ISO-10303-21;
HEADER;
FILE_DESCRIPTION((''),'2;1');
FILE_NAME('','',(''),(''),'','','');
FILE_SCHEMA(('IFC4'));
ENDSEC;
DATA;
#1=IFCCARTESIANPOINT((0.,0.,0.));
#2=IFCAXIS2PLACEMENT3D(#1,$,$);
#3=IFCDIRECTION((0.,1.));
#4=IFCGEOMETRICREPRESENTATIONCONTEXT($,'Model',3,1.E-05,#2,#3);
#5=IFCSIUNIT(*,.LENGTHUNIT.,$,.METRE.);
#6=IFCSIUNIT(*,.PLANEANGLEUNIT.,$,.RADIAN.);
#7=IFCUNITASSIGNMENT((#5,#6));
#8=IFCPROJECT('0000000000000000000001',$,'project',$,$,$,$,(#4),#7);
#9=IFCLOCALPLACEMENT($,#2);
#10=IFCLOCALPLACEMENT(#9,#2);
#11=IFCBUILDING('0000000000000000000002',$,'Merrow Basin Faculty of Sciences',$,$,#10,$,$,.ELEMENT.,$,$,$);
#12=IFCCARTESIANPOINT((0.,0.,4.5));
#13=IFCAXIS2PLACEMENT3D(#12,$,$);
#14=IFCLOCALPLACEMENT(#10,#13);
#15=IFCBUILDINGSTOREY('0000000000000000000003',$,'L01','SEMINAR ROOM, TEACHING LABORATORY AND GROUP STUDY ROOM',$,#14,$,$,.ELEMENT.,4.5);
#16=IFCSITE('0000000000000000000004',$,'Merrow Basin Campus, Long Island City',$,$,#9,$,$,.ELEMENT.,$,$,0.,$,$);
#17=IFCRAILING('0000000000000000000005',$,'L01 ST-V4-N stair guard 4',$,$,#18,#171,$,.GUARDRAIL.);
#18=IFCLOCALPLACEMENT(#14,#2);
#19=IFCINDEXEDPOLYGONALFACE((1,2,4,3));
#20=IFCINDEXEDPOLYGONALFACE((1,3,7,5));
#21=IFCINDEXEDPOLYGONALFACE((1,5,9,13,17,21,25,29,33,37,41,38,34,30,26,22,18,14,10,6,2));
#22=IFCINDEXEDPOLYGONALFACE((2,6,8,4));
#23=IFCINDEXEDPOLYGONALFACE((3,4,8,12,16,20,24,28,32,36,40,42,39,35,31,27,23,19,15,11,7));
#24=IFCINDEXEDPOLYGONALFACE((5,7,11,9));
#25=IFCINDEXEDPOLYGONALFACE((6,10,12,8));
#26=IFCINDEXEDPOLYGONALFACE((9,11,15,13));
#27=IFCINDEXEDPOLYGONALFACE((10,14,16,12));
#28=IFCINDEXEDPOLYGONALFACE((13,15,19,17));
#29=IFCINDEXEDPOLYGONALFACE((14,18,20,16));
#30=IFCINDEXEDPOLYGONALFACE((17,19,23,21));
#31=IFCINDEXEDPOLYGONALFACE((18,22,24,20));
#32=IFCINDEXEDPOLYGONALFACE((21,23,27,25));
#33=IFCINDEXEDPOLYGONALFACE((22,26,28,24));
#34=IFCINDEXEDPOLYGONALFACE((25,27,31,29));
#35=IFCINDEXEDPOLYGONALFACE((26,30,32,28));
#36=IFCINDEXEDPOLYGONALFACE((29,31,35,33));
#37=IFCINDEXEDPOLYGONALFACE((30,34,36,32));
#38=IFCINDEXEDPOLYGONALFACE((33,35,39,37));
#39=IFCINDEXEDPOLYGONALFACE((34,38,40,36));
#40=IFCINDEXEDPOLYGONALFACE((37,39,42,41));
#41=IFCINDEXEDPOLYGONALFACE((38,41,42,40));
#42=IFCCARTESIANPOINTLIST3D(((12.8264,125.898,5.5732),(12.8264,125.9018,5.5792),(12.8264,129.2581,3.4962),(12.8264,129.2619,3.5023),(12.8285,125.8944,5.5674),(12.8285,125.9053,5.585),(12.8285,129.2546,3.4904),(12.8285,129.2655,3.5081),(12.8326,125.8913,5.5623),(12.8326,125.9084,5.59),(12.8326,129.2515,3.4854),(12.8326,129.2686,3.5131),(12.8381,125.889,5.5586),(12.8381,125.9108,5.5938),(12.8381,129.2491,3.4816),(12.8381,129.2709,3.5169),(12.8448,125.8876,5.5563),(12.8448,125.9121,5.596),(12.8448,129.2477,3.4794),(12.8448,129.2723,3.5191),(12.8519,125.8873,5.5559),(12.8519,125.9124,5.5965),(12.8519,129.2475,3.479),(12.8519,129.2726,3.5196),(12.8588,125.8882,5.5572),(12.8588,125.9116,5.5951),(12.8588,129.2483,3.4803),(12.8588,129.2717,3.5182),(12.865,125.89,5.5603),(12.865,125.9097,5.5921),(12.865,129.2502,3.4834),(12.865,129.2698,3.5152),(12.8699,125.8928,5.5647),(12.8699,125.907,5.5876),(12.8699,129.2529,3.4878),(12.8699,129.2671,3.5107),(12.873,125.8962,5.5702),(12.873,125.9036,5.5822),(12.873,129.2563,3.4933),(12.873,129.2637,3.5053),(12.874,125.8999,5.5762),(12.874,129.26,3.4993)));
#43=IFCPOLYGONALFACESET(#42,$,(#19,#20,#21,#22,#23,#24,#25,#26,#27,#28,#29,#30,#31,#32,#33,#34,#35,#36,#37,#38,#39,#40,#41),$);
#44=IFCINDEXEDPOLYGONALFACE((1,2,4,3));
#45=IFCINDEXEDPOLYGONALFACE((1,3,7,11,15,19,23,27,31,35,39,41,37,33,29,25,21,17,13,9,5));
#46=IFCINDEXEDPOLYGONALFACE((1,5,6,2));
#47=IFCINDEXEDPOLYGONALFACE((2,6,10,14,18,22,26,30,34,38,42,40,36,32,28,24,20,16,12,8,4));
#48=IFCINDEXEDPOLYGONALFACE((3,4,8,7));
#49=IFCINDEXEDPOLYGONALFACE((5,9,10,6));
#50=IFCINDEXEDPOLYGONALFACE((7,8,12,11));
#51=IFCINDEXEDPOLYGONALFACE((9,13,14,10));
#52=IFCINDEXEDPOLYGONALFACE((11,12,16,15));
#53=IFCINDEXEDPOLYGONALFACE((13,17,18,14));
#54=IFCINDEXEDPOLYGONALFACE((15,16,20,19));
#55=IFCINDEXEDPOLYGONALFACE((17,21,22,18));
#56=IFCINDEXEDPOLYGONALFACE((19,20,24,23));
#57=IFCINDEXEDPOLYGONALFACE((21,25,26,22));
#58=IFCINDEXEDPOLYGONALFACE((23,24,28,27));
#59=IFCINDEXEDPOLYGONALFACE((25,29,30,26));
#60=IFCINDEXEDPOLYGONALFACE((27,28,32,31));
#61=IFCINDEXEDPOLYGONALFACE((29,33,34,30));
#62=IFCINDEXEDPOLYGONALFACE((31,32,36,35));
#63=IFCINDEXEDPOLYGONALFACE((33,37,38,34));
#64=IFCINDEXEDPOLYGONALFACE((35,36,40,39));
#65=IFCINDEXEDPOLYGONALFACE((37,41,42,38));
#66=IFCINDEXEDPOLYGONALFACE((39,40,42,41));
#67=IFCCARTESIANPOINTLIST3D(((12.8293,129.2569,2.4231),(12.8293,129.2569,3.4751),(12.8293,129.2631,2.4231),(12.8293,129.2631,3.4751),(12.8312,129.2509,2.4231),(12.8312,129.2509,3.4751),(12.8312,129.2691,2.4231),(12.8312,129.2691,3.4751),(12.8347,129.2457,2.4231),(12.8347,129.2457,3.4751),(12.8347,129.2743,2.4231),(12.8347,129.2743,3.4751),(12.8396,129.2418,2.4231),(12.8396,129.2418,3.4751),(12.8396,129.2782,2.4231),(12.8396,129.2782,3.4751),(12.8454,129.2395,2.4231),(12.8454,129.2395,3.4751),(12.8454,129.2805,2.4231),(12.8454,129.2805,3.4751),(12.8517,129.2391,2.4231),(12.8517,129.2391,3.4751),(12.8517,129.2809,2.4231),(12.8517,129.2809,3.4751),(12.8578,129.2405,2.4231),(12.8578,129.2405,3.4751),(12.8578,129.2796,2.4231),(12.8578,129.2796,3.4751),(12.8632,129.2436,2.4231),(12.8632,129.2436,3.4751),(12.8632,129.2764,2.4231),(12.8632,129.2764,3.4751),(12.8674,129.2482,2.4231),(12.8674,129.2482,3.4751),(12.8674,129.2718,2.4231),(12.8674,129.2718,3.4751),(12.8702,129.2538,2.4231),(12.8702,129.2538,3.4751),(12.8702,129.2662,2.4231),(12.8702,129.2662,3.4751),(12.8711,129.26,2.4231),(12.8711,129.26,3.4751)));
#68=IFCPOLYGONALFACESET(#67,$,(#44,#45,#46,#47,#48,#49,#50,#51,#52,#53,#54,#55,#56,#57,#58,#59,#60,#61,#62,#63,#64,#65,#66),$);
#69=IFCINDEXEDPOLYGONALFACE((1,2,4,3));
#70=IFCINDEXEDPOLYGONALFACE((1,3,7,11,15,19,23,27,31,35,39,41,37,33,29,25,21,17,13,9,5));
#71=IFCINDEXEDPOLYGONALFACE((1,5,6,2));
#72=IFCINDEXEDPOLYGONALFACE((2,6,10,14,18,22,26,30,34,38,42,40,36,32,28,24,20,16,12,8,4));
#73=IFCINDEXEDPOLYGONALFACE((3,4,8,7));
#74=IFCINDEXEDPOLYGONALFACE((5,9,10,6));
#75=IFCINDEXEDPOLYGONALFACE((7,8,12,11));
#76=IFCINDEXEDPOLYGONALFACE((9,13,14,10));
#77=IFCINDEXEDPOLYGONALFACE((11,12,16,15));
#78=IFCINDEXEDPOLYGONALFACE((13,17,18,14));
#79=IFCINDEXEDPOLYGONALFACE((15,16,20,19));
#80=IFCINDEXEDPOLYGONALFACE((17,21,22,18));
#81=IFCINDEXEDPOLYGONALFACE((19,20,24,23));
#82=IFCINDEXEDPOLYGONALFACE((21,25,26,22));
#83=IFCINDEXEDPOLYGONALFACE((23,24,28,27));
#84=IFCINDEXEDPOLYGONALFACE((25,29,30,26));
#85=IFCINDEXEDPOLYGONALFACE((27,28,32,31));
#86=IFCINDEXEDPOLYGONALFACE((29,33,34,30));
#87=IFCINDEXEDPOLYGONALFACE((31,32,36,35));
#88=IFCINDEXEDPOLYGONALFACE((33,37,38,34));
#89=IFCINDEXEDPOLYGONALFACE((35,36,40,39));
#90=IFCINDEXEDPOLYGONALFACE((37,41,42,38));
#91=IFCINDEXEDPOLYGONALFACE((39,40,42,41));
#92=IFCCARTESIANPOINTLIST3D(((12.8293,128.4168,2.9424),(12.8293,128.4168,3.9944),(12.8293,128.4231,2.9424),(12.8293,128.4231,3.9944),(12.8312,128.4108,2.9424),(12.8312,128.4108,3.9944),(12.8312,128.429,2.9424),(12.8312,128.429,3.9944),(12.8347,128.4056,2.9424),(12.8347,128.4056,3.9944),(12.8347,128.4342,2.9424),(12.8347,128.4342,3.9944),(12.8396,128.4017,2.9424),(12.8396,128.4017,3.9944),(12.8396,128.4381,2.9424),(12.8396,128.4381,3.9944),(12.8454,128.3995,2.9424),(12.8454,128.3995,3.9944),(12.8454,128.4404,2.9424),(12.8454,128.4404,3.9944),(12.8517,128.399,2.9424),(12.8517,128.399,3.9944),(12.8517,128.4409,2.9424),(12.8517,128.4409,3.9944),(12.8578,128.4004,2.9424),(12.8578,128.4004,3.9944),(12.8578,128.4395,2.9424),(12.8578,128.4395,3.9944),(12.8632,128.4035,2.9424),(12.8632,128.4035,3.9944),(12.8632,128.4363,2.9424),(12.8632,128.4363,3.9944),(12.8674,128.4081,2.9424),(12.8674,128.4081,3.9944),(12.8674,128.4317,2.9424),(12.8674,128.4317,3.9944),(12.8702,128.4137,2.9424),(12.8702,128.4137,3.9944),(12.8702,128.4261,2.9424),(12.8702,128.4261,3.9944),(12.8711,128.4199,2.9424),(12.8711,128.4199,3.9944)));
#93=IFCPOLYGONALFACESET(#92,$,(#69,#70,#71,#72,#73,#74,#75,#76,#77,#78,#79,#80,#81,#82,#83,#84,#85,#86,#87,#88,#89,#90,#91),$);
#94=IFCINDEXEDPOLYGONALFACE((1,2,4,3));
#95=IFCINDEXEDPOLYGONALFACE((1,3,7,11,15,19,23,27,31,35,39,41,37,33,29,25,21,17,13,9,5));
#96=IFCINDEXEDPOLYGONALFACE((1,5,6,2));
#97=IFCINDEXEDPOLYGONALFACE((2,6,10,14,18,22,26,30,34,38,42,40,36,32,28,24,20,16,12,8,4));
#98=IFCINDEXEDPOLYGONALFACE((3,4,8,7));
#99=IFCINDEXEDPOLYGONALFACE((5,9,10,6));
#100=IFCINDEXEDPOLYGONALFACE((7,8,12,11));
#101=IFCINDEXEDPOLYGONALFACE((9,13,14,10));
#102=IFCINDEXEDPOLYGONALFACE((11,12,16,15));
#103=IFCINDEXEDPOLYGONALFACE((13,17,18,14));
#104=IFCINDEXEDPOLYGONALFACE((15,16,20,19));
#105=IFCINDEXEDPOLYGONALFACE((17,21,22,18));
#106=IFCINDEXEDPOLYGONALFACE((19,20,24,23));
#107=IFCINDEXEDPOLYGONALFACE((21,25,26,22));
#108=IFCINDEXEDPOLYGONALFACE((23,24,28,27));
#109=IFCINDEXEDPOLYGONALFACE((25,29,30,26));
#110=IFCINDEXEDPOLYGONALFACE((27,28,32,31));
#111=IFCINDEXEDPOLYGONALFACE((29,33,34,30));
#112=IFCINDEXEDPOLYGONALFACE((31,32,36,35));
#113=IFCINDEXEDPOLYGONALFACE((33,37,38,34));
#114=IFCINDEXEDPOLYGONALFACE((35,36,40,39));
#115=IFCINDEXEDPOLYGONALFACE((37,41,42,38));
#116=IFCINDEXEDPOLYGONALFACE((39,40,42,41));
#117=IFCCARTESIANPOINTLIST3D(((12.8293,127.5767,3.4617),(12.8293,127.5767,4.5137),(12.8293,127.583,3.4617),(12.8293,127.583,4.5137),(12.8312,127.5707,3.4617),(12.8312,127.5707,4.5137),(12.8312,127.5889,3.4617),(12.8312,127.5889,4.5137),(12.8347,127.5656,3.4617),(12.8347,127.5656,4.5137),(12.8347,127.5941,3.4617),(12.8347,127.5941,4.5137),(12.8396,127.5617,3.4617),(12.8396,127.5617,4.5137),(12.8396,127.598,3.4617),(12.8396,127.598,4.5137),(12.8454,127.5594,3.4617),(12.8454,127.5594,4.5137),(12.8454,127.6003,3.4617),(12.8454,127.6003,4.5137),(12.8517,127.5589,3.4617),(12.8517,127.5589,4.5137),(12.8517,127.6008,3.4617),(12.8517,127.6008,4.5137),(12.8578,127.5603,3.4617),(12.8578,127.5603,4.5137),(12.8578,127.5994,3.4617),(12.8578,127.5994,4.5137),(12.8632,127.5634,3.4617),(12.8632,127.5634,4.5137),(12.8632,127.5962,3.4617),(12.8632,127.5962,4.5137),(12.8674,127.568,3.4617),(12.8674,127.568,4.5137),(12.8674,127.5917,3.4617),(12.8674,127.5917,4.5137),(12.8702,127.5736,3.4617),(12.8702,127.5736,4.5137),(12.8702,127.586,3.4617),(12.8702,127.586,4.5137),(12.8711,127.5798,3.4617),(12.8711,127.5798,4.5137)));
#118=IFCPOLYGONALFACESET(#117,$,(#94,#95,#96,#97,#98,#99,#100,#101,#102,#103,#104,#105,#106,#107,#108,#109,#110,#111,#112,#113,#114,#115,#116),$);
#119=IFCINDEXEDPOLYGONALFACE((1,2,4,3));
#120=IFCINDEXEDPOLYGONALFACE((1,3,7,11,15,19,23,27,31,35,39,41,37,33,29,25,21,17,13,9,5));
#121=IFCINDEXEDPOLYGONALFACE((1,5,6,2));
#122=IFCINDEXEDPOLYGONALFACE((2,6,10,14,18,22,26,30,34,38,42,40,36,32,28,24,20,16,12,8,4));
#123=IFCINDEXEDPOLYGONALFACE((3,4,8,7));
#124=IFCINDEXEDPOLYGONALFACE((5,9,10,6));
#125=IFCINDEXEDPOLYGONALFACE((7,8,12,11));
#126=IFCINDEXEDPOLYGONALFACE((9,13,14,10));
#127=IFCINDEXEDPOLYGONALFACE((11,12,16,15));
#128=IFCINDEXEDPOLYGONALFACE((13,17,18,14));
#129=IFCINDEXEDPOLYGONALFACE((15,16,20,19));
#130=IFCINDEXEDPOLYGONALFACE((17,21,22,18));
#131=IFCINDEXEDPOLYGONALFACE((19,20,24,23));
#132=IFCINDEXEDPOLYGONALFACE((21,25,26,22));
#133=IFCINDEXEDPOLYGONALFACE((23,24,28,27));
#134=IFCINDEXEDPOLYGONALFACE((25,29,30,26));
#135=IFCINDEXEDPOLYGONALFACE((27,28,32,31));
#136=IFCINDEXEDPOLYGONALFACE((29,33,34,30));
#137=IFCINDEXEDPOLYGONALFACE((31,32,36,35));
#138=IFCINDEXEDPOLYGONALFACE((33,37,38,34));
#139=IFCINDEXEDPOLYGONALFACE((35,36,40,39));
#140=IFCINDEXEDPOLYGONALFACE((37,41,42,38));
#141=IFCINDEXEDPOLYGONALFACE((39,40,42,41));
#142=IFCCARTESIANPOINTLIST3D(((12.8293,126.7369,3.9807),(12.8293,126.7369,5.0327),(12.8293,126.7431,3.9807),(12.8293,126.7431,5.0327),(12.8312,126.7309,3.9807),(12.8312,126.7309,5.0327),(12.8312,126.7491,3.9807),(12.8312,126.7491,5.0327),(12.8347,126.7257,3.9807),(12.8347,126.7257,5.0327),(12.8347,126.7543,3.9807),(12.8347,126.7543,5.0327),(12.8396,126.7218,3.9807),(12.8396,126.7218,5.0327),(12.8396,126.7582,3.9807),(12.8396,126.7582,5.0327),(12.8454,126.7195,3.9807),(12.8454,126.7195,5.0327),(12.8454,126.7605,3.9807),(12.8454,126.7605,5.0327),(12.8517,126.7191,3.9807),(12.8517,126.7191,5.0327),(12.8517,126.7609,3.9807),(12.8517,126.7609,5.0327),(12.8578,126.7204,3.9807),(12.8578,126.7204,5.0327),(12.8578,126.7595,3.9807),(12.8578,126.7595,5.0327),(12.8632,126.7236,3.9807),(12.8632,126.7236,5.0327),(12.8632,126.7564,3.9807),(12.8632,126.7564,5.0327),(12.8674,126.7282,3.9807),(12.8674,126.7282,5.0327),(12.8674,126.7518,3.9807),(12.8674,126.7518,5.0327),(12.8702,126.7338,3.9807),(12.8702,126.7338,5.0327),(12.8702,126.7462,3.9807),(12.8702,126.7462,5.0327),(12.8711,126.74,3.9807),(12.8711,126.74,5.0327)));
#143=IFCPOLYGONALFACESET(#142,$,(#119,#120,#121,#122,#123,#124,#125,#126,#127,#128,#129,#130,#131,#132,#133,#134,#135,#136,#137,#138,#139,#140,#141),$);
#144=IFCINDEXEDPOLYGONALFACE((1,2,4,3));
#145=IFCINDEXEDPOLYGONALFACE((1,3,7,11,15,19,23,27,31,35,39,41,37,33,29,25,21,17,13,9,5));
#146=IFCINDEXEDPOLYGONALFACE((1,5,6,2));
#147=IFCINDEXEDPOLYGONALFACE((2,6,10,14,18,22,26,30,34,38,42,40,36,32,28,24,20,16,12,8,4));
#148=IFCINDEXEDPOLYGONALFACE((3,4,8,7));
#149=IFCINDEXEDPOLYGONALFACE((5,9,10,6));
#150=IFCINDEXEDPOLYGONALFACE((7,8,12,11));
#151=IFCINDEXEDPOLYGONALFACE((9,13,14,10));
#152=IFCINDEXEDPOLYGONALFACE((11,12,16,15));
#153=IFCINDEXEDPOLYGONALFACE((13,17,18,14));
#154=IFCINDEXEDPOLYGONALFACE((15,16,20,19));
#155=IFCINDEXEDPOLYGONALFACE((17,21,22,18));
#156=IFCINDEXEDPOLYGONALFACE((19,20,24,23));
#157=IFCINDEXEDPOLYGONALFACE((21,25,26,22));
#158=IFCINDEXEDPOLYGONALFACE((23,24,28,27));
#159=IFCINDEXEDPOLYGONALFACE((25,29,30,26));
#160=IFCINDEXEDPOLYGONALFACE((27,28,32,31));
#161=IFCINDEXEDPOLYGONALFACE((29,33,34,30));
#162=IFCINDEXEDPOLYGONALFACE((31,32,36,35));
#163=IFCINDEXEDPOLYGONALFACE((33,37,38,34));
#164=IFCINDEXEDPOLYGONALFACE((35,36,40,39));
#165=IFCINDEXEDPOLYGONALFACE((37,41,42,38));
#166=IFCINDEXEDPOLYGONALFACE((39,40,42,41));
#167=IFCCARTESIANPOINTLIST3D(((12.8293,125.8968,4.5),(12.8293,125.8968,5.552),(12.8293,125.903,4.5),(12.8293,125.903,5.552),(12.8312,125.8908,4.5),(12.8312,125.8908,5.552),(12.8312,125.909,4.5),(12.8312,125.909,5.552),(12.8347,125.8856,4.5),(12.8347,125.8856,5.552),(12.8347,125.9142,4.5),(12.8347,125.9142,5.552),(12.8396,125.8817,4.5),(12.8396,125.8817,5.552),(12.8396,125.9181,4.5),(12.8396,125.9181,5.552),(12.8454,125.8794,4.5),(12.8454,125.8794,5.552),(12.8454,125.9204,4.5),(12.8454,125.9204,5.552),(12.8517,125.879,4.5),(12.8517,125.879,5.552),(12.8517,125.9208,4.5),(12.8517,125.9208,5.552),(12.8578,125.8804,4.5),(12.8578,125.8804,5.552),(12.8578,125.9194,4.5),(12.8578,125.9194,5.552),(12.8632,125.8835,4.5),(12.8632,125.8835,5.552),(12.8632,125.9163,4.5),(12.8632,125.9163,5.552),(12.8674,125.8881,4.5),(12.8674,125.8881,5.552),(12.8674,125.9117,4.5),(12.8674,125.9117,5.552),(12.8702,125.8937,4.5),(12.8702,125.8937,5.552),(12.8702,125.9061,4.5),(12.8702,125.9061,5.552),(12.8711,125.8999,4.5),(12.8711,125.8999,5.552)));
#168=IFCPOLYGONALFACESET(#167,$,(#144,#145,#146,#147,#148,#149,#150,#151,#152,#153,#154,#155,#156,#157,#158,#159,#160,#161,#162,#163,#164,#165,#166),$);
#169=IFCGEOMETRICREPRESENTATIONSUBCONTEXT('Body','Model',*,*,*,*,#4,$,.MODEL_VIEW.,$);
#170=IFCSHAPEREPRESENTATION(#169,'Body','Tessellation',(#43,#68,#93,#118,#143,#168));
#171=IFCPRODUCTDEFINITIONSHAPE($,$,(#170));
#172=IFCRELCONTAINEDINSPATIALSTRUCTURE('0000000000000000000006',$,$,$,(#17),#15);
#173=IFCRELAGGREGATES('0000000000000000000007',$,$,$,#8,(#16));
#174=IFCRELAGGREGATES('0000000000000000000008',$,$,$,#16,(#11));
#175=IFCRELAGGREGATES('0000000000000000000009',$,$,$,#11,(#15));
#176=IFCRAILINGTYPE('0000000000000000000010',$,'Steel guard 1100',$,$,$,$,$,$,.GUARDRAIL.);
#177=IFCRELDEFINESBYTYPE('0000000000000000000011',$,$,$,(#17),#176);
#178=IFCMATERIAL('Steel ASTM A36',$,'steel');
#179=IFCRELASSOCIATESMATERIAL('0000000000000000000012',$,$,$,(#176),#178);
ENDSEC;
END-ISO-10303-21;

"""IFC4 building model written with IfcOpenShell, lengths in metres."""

from ifc_helpers import new_model, si_unit, direction, frame, origin, origin_2d, place, context, subcontext, project, spatial, circle, extrude, material, type_object, element, save


model = new_model("IFC4")

# Units and contexts
model_context = context("Model", 3, precision=1e-05, world=origin(), true_north=direction((0.0, 1.0)))
body_context = subcontext(model_context, "Body", "Model", "MODEL_VIEW")
ifc_project = project(units=[si_unit("LENGTHUNIT", "METRE"), si_unit("PLANEANGLEUNIT", "RADIAN")], contexts=[model_context])

# Site, building, storey
site_placement = place(None, origin())
site = spatial("IfcSite", under=ifc_project, at=site_placement, Name="Merrow Basin Campus, Long Island City", CompositionType="ELEMENT", RefElevation=0.0)
building_placement = place(site_placement, origin())
building = spatial("IfcBuilding", under=site, at=building_placement, Name="Merrow Basin Faculty of Sciences", CompositionType="ELEMENT")
storey_placement = place(building_placement, frame((0.0, 0.0, 4.5)))
storey = spatial("IfcBuildingStorey", under=building, at=storey_placement, Name="L01", Description="SEMINAR ROOM, TEACHING LABORATORY AND GROUP STUDY ROOM", CompositionType="ELEMENT", Elevation=4.5)

# Railing
ifc_material_1 = material(Name="Steel ASTM A36", Category="steel")
railing_type_1 = type_object("IfcRailingType", Name="Steel guard 1100", PredefinedType="GUARDRAIL", material=ifc_material_1)
railing_1_placement = place(storey_placement, frame((12.8501, 129.26, 2.4231)))
element("IfcRailing", 1, at=railing_1_placement, inside=storey, type_object=railing_type_1, Name="L01 ST-V4-N stair guard 4", PredefinedType="GUARDRAIL", context=body_context, shape_type="SweptSolid", body=[
    extrude(circle(Radius=0.0239, at=origin_2d()), frame((0.0, 0.0, 1.0762), z_axis=(0.0, -0.850623, 0.525776), x_axis=(1.0, 0.0, 0.0)), (0.0, 0.0, 1.0), 3.9502),
    extrude(circle(Radius=0.021, at=origin_2d()), origin(), (0.0, 0.0, 1.0), 1.052),
    extrude(circle(Radius=0.021, at=origin_2d()), frame((0.0, -0.8401, 0.5193)), (0.0, 0.0, 1.0), 1.052),
    extrude(circle(Radius=0.021, at=origin_2d()), frame((0.0, -1.6802, 1.0386)), (0.0, 0.0, 1.0), 1.052),
    extrude(circle(Radius=0.021, at=origin_2d()), frame((0.0, -2.52, 1.5576)), (0.0, 0.0, 1.0), 1.052),
    extrude(circle(Radius=0.021, at=origin_2d()), frame((0.0, -3.3601, 2.0769)), (0.0, 0.0, 1.0), 1.052),
])

save(model, "model.ifc")
